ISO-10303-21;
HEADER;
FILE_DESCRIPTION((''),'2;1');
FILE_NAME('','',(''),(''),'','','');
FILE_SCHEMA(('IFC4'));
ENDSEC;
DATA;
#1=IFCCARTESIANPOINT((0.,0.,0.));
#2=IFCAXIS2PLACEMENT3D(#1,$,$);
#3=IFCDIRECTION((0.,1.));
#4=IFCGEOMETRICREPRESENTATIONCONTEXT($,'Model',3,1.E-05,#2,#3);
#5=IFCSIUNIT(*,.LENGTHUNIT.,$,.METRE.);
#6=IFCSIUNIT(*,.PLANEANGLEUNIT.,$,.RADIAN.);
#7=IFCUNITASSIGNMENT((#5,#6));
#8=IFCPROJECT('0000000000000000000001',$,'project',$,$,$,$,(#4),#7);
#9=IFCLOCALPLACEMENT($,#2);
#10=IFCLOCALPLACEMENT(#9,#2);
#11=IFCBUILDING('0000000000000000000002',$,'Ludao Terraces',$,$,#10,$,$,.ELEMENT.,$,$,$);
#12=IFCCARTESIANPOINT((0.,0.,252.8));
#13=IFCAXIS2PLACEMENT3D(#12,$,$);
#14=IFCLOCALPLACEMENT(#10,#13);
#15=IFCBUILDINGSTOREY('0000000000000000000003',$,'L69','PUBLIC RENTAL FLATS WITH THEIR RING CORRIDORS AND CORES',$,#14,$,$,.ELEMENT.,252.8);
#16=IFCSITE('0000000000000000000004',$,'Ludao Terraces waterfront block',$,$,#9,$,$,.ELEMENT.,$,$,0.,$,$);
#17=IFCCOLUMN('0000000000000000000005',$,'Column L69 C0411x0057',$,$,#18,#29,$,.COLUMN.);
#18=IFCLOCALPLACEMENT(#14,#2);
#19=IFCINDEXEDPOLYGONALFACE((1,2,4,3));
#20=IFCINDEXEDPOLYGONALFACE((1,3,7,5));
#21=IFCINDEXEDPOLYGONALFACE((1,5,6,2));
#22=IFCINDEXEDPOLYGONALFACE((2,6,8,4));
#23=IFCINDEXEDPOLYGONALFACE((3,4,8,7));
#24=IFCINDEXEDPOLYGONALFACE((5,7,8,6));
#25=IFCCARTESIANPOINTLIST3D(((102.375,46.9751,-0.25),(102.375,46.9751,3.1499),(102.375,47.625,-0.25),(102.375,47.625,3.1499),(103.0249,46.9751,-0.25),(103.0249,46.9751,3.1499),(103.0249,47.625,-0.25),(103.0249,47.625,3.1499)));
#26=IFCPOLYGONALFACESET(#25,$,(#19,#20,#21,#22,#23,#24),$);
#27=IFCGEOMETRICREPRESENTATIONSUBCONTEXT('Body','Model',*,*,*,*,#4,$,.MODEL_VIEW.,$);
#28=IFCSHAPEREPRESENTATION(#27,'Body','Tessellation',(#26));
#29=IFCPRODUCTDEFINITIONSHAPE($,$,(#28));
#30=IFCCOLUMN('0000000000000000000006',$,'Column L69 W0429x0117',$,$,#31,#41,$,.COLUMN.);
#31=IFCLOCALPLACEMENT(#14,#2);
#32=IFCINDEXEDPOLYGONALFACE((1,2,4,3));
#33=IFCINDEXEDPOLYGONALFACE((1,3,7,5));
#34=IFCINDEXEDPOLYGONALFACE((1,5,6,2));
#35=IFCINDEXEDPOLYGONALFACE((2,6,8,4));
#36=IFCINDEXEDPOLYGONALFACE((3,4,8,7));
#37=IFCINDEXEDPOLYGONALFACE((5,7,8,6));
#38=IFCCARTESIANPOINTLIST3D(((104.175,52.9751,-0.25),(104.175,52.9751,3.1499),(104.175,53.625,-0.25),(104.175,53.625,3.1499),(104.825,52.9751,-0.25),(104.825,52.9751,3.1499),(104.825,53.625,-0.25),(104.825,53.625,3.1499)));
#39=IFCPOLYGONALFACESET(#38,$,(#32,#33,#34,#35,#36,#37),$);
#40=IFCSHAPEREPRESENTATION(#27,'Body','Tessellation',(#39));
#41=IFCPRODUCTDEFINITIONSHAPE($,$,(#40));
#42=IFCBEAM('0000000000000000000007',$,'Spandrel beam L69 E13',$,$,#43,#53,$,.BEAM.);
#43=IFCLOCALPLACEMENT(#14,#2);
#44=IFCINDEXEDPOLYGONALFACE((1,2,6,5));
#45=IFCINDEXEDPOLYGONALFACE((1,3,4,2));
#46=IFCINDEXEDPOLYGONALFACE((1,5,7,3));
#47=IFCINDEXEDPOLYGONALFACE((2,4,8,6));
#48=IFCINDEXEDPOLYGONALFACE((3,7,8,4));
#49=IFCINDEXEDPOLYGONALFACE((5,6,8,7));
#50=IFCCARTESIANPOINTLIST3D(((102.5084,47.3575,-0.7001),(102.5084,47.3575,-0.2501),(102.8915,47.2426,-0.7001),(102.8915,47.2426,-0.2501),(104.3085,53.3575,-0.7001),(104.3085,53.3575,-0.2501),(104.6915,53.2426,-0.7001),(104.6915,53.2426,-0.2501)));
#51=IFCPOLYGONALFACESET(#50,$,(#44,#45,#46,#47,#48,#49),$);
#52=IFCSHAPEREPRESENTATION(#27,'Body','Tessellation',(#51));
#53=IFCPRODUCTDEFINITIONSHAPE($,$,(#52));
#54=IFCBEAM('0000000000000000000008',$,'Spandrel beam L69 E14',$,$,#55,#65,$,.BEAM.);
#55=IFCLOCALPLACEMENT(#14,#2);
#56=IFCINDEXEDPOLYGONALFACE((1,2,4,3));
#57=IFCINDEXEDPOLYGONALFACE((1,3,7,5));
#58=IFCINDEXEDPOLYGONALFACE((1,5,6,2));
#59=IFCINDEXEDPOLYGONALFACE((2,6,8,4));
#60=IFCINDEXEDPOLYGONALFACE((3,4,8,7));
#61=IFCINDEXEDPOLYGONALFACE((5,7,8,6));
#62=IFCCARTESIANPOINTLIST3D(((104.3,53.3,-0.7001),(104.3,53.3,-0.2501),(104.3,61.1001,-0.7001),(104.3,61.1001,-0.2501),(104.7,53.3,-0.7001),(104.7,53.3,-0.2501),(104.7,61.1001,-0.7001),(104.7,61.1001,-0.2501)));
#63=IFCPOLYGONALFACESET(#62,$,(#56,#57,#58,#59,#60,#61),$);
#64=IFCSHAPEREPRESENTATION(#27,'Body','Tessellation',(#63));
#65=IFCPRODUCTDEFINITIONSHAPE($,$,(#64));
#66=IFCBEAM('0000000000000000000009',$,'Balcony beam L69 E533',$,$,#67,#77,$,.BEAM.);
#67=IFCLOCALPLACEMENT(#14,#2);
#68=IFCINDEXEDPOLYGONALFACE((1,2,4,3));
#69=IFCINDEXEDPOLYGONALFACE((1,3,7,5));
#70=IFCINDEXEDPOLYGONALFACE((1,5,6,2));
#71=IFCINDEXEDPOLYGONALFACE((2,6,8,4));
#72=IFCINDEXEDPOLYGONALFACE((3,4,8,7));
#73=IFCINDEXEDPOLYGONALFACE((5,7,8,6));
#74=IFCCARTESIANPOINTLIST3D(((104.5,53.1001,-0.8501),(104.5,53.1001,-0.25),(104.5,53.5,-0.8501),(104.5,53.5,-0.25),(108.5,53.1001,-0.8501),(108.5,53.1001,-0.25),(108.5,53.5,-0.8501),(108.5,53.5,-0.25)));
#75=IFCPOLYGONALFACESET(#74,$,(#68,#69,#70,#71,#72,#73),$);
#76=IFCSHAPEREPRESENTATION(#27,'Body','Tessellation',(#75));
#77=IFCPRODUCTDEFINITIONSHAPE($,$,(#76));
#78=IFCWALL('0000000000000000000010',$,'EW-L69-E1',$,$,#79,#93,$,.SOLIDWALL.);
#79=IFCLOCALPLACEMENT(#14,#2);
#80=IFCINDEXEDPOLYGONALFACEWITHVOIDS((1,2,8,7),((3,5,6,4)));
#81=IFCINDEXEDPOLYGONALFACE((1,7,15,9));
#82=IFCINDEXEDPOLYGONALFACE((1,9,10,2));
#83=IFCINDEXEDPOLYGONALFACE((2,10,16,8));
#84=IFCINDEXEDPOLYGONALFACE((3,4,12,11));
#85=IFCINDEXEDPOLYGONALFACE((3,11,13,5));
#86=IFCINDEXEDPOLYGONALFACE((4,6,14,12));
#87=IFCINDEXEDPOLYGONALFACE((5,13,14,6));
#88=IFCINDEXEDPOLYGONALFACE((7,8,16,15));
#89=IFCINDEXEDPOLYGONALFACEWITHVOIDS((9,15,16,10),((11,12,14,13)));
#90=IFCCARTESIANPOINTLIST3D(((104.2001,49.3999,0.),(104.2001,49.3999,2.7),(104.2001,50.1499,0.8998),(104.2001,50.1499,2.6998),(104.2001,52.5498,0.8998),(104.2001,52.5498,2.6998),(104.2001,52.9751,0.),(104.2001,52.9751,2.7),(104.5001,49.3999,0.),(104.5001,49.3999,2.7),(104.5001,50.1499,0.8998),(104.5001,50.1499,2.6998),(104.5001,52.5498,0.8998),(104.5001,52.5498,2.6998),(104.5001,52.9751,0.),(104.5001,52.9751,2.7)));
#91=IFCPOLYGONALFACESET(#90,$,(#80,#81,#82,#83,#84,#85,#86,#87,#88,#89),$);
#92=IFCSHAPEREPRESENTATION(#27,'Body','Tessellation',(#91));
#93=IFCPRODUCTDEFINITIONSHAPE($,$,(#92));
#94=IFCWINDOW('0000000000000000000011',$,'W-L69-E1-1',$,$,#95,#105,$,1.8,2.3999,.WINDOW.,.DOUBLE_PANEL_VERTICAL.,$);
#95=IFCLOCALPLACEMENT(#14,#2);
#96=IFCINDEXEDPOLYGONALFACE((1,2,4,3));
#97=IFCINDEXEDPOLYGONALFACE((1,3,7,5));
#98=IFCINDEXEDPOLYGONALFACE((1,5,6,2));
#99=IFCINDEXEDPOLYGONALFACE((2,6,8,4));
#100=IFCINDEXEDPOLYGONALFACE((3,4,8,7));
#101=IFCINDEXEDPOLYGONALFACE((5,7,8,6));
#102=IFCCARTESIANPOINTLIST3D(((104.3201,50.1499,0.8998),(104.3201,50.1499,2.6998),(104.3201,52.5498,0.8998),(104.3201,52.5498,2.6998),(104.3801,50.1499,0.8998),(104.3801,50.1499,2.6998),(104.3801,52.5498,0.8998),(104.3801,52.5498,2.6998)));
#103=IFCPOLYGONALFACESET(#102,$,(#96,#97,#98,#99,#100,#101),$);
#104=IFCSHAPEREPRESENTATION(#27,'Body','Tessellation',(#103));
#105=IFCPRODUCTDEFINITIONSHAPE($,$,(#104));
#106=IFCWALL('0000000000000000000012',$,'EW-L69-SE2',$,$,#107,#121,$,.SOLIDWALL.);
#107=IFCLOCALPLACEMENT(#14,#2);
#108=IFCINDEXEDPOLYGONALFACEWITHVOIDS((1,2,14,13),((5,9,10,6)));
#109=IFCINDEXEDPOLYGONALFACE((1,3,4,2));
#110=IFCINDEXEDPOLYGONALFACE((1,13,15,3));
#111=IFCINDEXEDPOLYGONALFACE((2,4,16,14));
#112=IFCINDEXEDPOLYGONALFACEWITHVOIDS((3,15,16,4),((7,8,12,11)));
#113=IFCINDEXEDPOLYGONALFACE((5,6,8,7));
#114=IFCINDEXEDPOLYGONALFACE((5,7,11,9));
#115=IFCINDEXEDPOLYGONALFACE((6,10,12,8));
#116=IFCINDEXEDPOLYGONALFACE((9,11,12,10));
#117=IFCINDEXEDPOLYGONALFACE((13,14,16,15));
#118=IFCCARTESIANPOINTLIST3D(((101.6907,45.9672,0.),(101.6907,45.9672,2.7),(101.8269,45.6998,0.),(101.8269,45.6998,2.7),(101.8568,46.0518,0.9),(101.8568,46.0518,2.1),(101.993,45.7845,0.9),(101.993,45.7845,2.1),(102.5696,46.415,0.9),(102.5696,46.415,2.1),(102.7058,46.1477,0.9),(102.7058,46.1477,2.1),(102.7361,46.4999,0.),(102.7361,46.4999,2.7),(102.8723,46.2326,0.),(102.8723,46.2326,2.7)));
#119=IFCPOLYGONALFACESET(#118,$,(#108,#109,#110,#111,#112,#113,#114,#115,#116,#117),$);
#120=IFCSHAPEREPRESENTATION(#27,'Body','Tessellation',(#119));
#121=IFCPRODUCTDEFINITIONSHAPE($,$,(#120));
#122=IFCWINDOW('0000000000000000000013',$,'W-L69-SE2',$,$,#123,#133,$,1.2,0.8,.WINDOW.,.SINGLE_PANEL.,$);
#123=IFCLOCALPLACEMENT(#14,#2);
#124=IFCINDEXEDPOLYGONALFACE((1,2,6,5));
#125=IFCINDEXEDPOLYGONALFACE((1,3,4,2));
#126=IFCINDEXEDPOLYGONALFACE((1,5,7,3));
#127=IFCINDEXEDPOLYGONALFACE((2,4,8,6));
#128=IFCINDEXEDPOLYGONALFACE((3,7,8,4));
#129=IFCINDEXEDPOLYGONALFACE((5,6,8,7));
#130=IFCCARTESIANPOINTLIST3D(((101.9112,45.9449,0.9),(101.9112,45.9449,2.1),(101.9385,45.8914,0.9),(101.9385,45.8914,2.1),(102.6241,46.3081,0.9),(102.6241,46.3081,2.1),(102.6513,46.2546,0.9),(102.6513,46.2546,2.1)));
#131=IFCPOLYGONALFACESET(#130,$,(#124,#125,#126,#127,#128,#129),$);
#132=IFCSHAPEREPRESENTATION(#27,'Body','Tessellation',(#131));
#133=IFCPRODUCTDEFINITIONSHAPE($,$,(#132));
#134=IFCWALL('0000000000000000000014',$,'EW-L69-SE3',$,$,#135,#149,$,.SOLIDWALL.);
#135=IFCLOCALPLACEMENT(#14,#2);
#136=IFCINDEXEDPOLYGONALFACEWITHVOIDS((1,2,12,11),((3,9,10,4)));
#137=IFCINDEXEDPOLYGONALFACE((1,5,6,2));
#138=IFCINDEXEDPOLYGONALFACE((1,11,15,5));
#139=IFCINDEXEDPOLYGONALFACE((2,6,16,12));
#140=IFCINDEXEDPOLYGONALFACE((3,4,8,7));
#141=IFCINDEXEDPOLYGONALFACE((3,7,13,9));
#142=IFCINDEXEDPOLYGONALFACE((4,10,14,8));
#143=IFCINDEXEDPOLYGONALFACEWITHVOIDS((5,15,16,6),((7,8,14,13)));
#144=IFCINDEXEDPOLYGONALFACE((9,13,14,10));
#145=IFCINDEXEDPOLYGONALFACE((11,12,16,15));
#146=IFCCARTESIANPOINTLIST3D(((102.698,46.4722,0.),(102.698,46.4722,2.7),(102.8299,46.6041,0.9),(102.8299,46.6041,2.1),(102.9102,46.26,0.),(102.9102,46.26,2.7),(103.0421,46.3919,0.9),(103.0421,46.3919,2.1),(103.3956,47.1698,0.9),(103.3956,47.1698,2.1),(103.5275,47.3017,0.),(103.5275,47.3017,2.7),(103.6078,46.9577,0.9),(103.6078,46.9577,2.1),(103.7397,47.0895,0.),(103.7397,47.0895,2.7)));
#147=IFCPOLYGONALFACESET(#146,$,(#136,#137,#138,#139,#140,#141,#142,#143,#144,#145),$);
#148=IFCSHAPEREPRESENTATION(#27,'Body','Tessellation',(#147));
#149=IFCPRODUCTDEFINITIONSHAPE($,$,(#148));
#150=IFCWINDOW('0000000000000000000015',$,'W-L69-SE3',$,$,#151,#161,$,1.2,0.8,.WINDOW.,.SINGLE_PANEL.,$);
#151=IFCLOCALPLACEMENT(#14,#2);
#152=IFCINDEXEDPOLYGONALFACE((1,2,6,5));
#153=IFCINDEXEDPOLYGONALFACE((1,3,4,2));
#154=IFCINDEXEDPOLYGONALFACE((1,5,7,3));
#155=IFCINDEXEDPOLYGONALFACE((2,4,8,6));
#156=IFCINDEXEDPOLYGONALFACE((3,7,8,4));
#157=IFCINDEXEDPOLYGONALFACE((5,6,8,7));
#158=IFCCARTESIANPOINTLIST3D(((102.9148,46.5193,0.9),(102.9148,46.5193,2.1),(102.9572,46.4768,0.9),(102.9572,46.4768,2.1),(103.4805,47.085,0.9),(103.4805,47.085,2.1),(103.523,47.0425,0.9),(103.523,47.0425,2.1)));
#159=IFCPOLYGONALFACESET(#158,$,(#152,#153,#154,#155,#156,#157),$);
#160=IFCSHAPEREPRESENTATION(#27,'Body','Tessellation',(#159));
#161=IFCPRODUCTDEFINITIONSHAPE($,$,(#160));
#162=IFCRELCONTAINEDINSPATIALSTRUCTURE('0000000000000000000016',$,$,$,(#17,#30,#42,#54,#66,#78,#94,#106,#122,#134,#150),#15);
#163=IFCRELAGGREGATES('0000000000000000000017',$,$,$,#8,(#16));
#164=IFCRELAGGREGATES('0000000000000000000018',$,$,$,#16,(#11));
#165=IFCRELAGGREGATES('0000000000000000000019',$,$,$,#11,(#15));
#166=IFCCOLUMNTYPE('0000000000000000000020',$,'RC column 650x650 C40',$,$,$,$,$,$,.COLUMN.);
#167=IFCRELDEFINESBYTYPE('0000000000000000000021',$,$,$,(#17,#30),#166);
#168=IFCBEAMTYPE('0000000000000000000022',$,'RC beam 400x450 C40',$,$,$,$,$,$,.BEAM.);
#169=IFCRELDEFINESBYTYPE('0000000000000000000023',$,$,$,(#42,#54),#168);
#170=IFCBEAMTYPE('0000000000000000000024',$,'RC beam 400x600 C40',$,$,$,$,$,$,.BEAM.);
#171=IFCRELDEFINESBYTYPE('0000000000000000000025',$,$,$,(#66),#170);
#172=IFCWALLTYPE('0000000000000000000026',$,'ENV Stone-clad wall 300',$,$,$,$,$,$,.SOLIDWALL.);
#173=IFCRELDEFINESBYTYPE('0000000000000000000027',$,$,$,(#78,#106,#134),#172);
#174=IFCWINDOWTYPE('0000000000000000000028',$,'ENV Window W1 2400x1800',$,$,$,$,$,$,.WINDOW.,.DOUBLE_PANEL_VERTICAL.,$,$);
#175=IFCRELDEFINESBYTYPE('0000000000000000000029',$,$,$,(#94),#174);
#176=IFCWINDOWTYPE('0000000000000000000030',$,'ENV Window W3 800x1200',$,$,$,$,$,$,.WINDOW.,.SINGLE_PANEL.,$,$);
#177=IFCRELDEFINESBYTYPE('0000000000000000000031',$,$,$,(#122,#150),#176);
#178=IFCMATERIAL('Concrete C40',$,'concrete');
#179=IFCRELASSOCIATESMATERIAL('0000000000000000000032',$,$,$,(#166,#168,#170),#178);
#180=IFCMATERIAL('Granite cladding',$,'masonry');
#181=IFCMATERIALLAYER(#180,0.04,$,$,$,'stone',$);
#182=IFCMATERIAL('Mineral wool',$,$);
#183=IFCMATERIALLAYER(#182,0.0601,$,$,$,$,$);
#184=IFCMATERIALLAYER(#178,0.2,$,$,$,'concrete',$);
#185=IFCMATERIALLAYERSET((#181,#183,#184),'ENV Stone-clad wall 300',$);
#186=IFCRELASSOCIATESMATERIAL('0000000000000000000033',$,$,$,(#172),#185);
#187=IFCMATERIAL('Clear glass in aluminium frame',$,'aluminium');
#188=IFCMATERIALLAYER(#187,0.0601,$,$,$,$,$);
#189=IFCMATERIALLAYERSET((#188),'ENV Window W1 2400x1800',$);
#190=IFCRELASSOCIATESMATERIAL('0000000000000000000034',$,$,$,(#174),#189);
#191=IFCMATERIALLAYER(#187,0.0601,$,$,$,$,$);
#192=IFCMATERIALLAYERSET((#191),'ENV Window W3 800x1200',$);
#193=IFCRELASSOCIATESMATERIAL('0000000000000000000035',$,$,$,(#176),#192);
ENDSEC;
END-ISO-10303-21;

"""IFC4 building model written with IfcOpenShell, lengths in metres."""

from ifc_helpers import new_model, si_unit, direction, frame, frame_2d, origin, origin_2d, place, context, subcontext, project, spatial, rectangle, extrude, material, layer, layer_set, material_profile, profile_set, type_object, element, fill, save


model = new_model("IFC4")

# Units and contexts
model_context = context("Model", 3, precision=1e-05, world=origin(), true_north=direction((0.0, 1.0)))
body_context = subcontext(model_context, "Body", "Model", "MODEL_VIEW")
ifc_project = project(units=[si_unit("LENGTHUNIT", "METRE"), si_unit("PLANEANGLEUNIT", "RADIAN")], contexts=[model_context])

# Site, building, storey
site_placement = place(None, origin())
site = spatial("IfcSite", under=ifc_project, at=site_placement, Name="Ludao Terraces waterfront block", CompositionType="ELEMENT", RefElevation=0.0)
building_placement = place(site_placement, origin())
building = spatial("IfcBuilding", under=site, at=building_placement, Name="Ludao Terraces", CompositionType="ELEMENT")
storey_placement = place(building_placement, frame((0.0, 0.0, 252.8)))
storey = spatial("IfcBuildingStorey", under=building, at=storey_placement, Name="L69", Description="PUBLIC RENTAL FLATS WITH THEIR RING CORRIDORS AND CORES", CompositionType="ELEMENT", Elevation=252.8)

# Columns
ifc_material_1 = material(Name="Concrete C40", Category="concrete")
ifc_material_profile_1 = material_profile(ifc_material_1, rectangle(XDim=0.6499, YDim=0.6499, at=origin_2d()), Name="650 X 650")
ifc_profile_set_1 = profile_set([ifc_material_profile_1], Name="Concrete C40")
column_type = type_object("IfcColumnType", Name="RC column 650x650 C40", PredefinedType="COLUMN", material=ifc_profile_set_1)
for number, where, z_axis, x_axis, name in (
    (1, (102.7, 47.3, -0.25), (0.0, 0.0, 1.0), (1.0, 0.0, 0.0), "Column L69 C0411x0057"),
    (2, (104.5, 53.3, -0.25), (0.0, 0.0, 1.0), (1.0, 0.0, 0.0), "Column L69 W0429x0117"),
):
    element("IfcColumn", number, at=place(storey_placement, frame(where, z_axis=z_axis, x_axis=x_axis)), inside=storey, type_object=column_type, Name=name, PredefinedType="COLUMN", context=body_context, shape_type="SweptSolid", body=[
        extrude(rectangle(XDim=0.6499, YDim=0.6499, at=origin_2d()), origin(), (0.0, 0.0, 1.0), 3.3999),
    ])

# Beams
ifc_material_profile_2 = material_profile(ifc_material_1, rectangle(XDim=0.3999, YDim=0.45, at=origin_2d()), Name="400 X 450")
ifc_profile_set_2 = profile_set([ifc_material_profile_2], Name="Concrete C40")
beam_type_1 = type_object("IfcBeamType", Name="RC beam 400x450 C40", PredefinedType="BEAM", material=ifc_profile_set_2)
beam_1_placement = place(storey_placement, frame((102.7, 47.3, -0.4751), z_axis=(0.287355, 0.957824, 0.0), x_axis=(-0.957824, 0.287355, 0.0)))
element("IfcBeam", 3, at=beam_1_placement, inside=storey, type_object=beam_type_1, Name="Spandrel beam L69 E13", PredefinedType="BEAM", context=body_context, shape_type="SweptSolid", body=[
    extrude(rectangle(XDim=0.3999, YDim=0.45, at=origin_2d()), origin(), (0.0, 0.0, 1.0), 6.2642),
])
beam_2_placement = place(storey_placement, frame((104.5, 53.3, -0.4751), z_axis=(0.0, 1.0, 0.0), x_axis=(-1.0, 0.0, 0.0)))
element("IfcBeam", 4, at=beam_2_placement, inside=storey, type_object=beam_type_1, Name="Spandrel beam L69 E14", PredefinedType="BEAM", context=body_context, shape_type="SweptSolid", body=[
    extrude(rectangle(XDim=0.3999, YDim=0.45, at=origin_2d()), origin(), (0.0, 0.0, 1.0), 7.8),
])
ifc_material_profile_3 = material_profile(ifc_material_1, rectangle(XDim=0.3999, YDim=0.6001, at=origin_2d()), Name="400 X 600")
ifc_profile_set_3 = profile_set([ifc_material_profile_3], Name="Concrete C40")
beam_type_2 = type_object("IfcBeamType", Name="RC beam 400x600 C40", PredefinedType="BEAM", material=ifc_profile_set_3)
beam_3_placement = place(storey_placement, frame((104.5, 53.3, -0.55), z_axis=(1.0, 0.0, 0.0), x_axis=(0.0, 1.0, 0.0)))
element("IfcBeam", 5, at=beam_3_placement, inside=storey, type_object=beam_type_2, Name="Balcony beam L69 E533", PredefinedType="BEAM", context=body_context, shape_type="SweptSolid", body=[
    extrude(rectangle(XDim=0.3999, YDim=0.6001, at=origin_2d()), origin(), (0.0, 0.0, 1.0), 4.0),
])

# Walls, openings, windows
ifc_material_2 = material(Name="Granite cladding", Category="masonry")
ifc_layer_1 = layer(ifc_material_2, 0.04, Category="stone")
ifc_material_3 = material(Name="Mineral wool")
ifc_layer_2 = layer(ifc_material_3, 0.0601)
ifc_layer_3 = layer(ifc_material_1, 0.2, Category="concrete")
ifc_layer_set_1 = layer_set([ifc_layer_1, ifc_layer_2, ifc_layer_3], Name="ENV Stone-clad wall 300")
wall_type = type_object("IfcWallType", Name="ENV Stone-clad wall 300", PredefinedType="SOLIDWALL", material=ifc_layer_set_1)
wall_1_placement = place(storey_placement, frame((104.3501, 49.3999, 0.0), z_axis=(0.0, 0.0, 1.0), x_axis=(0.0, 1.0, 0.0)))
wall_1 = element("IfcWall", 6, at=wall_1_placement, inside=storey, type_object=wall_type, Name="EW-L69-E1", PredefinedType="SOLIDWALL", context=body_context, shape_type="SweptSolid", body=[
    extrude(rectangle(XDim=3.5752, YDim=0.3, at=frame_2d((1.7876, 0.0))), origin(), (0.0, 0.0, 1.0), 2.7),
])
opening_1_placement = place(wall_1_placement, frame((0.75, 0.0, 0.8999)))
opening_1 = element("IfcOpeningElement", 7, at=opening_1_placement, cuts=wall_1, PredefinedType="OPENING", context=body_context, shape_type="SweptSolid", body=[
    extrude(rectangle(XDim=2.3999, YDim=1.8, at=frame_2d((1.2, 0.8999))), frame((0.0, 0.1602, 0.0), z_axis=(0.0, -1.0, 0.0), x_axis=(1.0, 0.0, 0.0)), (0.0, 0.0, 1.0), 0.3201),
])
ifc_material_4 = material(Name="Clear glass in aluminium frame", Category="aluminium")
ifc_layer_4 = layer(ifc_material_4, 0.0601)
ifc_layer_set_2 = layer_set([ifc_layer_4], Name="ENV Window W1 2400x1800")
window_type_1 = type_object("IfcWindowType", Name="ENV Window W1 2400x1800", PartitioningType="DOUBLE_PANEL_VERTICAL", PredefinedType="WINDOW", material=ifc_layer_set_2)
window_1_placement = place(opening_1_placement, origin())
window_1 = element("IfcWindow", 8, at=window_1_placement, inside=storey, type_object=window_type_1, Name="W-L69-E1-1", OverallHeight=1.8, OverallWidth=2.3999, PartitioningType="DOUBLE_PANEL_VERTICAL", PredefinedType="WINDOW", context=body_context, shape_type="SweptSolid", body=[
    extrude(rectangle(XDim=2.3999, YDim=1.8, at=frame_2d((1.2, 0.8999))), frame((0.0, 0.03, 0.0), z_axis=(0.0, -1.0, 0.0), x_axis=(1.0, 0.0, 0.0)), (0.0, 0.0, 1.0), 0.0601),
])
fill(opening_1, window_1)
wall_2_placement = place(storey_placement, frame((101.7588, 45.8335, 0.0), z_axis=(0.0, 0.0, 1.0), x_axis=(0.890989, 0.454026, 0.0)))
wall_2 = element("IfcWall", 9, at=wall_2_placement, inside=storey, type_object=wall_type, Name="EW-L69-SE2", PredefinedType="SOLIDWALL", context=body_context, shape_type="SweptSolid", body=[
    extrude(rectangle(XDim=1.1733, YDim=0.3, at=frame_2d((0.5867, 0.0))), origin(), (0.0, 0.0, 1.0), 2.7),
])
opening_2_placement = place(wall_2_placement, frame((0.1865, 0.0, 0.8999)))
opening_2 = element("IfcOpeningElement", 10, at=opening_2_placement, cuts=wall_2, PredefinedType="OPENING", context=body_context, shape_type="SweptSolid", body=[
    extrude(rectangle(XDim=0.8, YDim=1.2, at=frame_2d((0.3999, 0.6001))), frame((0.0, 0.1602, 0.0), z_axis=(0.0, -1.0, 0.0), x_axis=(1.0, 0.0, 0.0)), (0.0, 0.0, 1.0), 0.3201),
])
ifc_layer_5 = layer(ifc_material_4, 0.0601)
ifc_layer_set_3 = layer_set([ifc_layer_5], Name="ENV Window W3 800x1200")
window_type_2 = type_object("IfcWindowType", Name="ENV Window W3 800x1200", PartitioningType="SINGLE_PANEL", PredefinedType="WINDOW", material=ifc_layer_set_3)
window_2_placement = place(opening_2_placement, origin())
window_2 = element("IfcWindow", 11, at=window_2_placement, inside=storey, type_object=window_type_2, Name="W-L69-SE2", OverallHeight=1.2, OverallWidth=0.8, PartitioningType="SINGLE_PANEL", PredefinedType="WINDOW", context=body_context, shape_type="SweptSolid", body=[
    extrude(rectangle(XDim=0.8, YDim=1.2, at=frame_2d((0.3999, 0.6001))), frame((0.0, 0.03, 0.0), z_axis=(0.0, -1.0, 0.0), x_axis=(1.0, 0.0, 0.0)), (0.0, 0.0, 1.0), 0.0601),
])
fill(opening_2, window_2)
wall_3_placement = place(storey_placement, frame((102.8042, 46.3662, 0.0), z_axis=(0.0, 0.0, 1.0), x_axis=(0.707107, 0.707107, 0.0)))
wall_3 = element("IfcWall", 12, at=wall_3_placement, inside=storey, type_object=wall_type, Name="EW-L69-SE3", PredefinedType="SOLIDWALL", context=body_context, shape_type="SweptSolid", body=[
    extrude(rectangle(XDim=1.1731, YDim=0.3, at=frame_2d((0.5864, 0.0))), origin(), (0.0, 0.0, 1.0), 2.7),
])
opening_3_placement = place(wall_3_placement, frame((0.1865, 0.0, 0.8999)))
opening_3 = element("IfcOpeningElement", 13, at=opening_3_placement, cuts=wall_3, PredefinedType="OPENING", context=body_context, shape_type="SweptSolid", body=[
    extrude(rectangle(XDim=0.8, YDim=1.2, at=frame_2d((0.3999, 0.6001))), frame((0.0, 0.1602, 0.0), z_axis=(0.0, -1.0, 0.0), x_axis=(1.0, 0.0, 0.0)), (0.0, 0.0, 1.0), 0.3201),
])
window_3_placement = place(opening_3_placement, origin())
window_3 = element("IfcWindow", 14, at=window_3_placement, inside=storey, type_object=window_type_2, Name="W-L69-SE3", OverallHeight=1.2, OverallWidth=0.8, PartitioningType="SINGLE_PANEL", PredefinedType="WINDOW", context=body_context, shape_type="SweptSolid", body=[
    extrude(rectangle(XDim=0.8, YDim=1.2, at=frame_2d((0.3999, 0.6001))), frame((0.0, 0.03, 0.0), z_axis=(0.0, -1.0, 0.0), x_axis=(1.0, 0.0, 0.0)), (0.0, 0.0, 1.0), 0.0601),
])
fill(opening_3, window_3)

save(model, "model.ifc")
